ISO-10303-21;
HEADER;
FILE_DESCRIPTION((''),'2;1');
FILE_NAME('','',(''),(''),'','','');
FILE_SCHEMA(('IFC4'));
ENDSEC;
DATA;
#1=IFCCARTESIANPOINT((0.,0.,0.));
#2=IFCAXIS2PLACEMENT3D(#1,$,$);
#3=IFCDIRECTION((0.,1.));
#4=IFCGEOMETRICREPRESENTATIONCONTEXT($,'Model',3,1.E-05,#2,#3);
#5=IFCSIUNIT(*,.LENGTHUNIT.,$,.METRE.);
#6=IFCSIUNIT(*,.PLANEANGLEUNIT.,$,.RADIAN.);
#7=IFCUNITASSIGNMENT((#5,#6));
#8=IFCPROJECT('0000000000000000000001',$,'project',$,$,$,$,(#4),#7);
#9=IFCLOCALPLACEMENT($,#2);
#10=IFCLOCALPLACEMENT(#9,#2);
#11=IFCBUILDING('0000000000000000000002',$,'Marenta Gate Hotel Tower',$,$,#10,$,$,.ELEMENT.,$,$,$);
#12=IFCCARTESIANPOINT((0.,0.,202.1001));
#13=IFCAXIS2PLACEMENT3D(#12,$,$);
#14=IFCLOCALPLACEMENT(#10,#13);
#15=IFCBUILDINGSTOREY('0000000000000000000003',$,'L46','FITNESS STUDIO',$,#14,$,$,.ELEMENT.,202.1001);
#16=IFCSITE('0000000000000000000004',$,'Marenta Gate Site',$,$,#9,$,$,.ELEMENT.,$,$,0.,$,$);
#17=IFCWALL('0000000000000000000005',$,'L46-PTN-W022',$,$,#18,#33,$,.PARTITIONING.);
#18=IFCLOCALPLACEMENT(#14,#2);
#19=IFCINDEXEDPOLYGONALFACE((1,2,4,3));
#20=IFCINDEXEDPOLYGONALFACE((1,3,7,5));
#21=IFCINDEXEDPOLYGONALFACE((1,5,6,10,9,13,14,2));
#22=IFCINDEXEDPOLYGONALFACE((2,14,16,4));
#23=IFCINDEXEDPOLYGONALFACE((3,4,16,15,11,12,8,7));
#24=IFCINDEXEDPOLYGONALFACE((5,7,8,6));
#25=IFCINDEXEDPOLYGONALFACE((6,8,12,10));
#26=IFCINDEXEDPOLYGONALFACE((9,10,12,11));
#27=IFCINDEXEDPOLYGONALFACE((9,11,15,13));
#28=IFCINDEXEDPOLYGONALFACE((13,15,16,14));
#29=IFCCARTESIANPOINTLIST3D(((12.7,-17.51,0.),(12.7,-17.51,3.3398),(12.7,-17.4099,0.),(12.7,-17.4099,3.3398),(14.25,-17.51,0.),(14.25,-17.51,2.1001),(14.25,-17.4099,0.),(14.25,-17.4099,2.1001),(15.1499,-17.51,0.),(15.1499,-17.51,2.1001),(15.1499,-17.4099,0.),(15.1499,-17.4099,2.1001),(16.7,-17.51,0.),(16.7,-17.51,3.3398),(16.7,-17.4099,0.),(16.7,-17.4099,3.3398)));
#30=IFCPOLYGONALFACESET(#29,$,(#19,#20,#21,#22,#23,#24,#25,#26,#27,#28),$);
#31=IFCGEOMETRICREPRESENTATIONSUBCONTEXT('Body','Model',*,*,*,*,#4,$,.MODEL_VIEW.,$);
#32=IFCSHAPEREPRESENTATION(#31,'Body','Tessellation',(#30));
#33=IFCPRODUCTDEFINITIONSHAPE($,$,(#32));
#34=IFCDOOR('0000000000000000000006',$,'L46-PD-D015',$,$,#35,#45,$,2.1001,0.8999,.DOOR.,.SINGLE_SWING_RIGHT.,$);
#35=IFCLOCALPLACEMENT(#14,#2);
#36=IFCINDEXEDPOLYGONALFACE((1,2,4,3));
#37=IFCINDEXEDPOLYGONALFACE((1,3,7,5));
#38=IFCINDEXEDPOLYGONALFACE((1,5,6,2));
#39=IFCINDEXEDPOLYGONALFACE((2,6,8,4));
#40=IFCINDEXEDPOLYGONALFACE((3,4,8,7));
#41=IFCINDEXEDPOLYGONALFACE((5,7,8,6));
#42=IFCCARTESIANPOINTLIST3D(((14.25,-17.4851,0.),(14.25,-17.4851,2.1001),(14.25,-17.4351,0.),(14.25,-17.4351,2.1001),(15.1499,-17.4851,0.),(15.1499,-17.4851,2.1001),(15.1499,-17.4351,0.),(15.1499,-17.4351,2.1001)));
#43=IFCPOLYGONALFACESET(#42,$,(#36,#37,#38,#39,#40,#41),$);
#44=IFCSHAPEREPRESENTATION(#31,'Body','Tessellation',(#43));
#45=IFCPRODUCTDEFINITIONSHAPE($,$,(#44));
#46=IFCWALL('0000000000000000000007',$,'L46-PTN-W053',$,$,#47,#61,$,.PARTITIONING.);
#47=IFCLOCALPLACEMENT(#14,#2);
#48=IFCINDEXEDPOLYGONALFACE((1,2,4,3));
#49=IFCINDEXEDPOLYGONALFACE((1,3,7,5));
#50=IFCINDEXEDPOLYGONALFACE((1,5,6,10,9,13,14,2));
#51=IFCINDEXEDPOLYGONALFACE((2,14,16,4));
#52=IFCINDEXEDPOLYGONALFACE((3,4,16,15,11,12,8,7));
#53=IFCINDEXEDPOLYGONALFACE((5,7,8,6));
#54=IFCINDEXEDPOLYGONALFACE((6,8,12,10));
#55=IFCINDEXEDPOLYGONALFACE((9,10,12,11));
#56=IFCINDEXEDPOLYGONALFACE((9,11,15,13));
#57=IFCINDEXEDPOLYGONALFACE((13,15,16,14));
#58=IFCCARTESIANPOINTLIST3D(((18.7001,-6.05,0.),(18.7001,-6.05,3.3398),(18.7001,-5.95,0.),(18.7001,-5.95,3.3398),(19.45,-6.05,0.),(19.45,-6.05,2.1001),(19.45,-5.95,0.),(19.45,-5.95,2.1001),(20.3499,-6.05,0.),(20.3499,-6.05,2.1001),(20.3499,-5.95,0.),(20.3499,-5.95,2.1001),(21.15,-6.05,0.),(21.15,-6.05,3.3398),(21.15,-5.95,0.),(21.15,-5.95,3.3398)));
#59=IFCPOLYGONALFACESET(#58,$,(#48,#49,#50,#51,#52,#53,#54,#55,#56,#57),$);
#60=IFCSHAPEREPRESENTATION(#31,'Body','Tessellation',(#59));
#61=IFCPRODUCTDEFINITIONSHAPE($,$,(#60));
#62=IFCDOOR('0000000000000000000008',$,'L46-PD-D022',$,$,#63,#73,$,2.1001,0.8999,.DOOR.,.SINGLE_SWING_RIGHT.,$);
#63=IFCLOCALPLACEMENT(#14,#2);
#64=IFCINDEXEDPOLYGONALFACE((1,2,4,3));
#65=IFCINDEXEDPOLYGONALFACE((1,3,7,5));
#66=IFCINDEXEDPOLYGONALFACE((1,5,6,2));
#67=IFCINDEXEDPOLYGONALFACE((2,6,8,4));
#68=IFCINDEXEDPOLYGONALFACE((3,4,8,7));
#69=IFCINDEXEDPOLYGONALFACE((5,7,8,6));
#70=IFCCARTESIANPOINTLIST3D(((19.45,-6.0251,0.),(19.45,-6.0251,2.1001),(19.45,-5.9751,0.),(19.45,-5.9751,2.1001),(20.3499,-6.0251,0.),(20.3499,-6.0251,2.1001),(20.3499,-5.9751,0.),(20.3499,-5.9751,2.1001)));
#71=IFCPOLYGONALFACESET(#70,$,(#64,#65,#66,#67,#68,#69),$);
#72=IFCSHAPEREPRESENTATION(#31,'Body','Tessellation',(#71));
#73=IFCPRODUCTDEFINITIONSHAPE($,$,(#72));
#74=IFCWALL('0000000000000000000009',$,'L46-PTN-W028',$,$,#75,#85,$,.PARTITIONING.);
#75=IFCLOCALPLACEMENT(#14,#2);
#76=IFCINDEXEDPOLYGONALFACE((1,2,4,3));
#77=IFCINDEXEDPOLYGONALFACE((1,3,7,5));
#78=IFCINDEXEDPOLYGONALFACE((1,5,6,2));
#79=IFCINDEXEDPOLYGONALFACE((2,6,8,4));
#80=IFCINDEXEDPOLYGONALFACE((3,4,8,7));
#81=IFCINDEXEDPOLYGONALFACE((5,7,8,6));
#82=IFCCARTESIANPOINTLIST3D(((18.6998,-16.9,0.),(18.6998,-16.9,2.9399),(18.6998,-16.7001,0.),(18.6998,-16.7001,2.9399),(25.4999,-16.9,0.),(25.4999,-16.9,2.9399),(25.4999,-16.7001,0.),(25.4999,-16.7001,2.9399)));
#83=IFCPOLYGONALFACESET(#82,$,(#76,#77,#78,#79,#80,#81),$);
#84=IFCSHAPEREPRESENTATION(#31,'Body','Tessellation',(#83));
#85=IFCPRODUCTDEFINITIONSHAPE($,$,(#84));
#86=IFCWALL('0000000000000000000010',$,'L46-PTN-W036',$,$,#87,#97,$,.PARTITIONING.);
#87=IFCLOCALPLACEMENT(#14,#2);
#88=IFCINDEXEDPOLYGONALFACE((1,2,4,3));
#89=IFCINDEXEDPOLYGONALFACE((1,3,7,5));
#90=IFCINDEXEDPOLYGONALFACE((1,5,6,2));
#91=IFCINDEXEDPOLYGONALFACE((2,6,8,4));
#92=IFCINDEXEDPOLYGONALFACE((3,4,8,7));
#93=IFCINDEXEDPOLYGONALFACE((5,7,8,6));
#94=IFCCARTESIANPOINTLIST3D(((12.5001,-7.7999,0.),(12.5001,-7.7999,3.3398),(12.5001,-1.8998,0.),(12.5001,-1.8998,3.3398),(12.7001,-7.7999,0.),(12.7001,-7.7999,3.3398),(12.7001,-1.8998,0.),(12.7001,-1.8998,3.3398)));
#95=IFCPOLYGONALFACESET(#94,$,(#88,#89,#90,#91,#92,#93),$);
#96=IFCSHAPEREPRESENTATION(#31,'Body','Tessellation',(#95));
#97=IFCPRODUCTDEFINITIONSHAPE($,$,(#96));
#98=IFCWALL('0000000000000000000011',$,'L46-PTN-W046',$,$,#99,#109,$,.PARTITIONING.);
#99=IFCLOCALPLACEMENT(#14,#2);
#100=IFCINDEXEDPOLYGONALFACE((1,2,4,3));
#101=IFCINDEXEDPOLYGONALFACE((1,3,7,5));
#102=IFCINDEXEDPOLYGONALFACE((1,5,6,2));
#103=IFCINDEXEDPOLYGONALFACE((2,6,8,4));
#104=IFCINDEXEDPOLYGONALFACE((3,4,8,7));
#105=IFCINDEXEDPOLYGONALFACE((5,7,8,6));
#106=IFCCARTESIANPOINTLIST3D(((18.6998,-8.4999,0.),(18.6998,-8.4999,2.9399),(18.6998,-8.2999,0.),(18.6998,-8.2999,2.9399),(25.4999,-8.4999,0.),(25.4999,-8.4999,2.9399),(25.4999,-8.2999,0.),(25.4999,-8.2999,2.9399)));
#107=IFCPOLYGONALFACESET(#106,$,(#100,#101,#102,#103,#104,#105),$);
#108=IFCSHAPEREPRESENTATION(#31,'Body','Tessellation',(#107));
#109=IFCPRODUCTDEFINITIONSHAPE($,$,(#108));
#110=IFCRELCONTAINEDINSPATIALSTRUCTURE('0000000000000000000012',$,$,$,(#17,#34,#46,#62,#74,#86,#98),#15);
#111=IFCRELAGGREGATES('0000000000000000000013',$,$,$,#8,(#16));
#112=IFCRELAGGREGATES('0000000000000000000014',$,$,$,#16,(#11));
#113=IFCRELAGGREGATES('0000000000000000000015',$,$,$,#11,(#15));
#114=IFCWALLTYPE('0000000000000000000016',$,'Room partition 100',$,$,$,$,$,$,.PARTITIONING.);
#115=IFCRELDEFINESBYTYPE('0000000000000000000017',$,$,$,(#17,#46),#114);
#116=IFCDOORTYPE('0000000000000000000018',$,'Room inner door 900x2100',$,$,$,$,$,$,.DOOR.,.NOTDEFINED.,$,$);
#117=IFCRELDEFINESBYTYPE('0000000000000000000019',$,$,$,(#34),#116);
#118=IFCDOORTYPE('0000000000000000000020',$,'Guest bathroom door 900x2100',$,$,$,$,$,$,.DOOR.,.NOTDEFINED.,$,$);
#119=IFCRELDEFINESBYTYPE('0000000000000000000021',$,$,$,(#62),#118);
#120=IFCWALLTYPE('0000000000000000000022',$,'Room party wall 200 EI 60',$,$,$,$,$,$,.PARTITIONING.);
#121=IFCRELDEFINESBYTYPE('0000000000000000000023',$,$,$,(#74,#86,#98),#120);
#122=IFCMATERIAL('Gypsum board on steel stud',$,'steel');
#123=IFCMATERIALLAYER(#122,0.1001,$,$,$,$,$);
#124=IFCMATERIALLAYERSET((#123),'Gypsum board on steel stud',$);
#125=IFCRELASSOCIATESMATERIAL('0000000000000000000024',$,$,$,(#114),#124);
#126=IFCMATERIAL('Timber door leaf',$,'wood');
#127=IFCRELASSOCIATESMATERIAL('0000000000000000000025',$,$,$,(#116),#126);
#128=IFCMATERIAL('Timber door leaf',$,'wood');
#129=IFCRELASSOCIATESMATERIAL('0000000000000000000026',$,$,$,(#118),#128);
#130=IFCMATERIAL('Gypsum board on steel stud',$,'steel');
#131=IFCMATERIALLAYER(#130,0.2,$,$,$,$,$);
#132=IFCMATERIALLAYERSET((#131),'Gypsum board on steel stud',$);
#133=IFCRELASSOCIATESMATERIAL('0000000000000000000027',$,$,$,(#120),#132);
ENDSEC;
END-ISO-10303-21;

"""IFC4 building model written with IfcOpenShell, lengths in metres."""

from ifc_helpers import new_model, si_unit, direction, frame, frame_2d, origin, place, context, subcontext, project, spatial, rectangle, extrude, material, layer, layer_set, type_object, element, fill, save


model = new_model("IFC4")

# Units and contexts
model_context = context("Model", 3, precision=1e-05, world=origin(), true_north=direction((0.0, 1.0)))
body_context = subcontext(model_context, "Body", "Model", "MODEL_VIEW")
ifc_project = project(units=[si_unit("LENGTHUNIT", "METRE"), si_unit("PLANEANGLEUNIT", "RADIAN")], contexts=[model_context])

# Site, building, storey
site_placement = place(None, origin())
site = spatial("IfcSite", under=ifc_project, at=site_placement, Name="Marenta Gate Site", CompositionType="ELEMENT", RefElevation=0.0)
building_placement = place(site_placement, origin())
building = spatial("IfcBuilding", under=site, at=building_placement, Name="Marenta Gate Hotel Tower", CompositionType="ELEMENT")
storey_placement = place(building_placement, frame((0.0, 0.0, 202.1001)))
storey = spatial("IfcBuildingStorey", under=building, at=storey_placement, Name="L46", Description="FITNESS STUDIO", CompositionType="ELEMENT", Elevation=202.1001)

# Shared definitions
ifc_material_1 = material(Name="Gypsum board on steel stud", Category="steel")
ifc_layer_1 = layer(ifc_material_1, 0.1001)
ifc_layer_set_1 = layer_set([ifc_layer_1], Name="Gypsum board on steel stud")
wall_type_1 = type_object("IfcWallType", Name="Room partition 100", PredefinedType="PARTITIONING", material=ifc_layer_set_1)
ifc_material_2 = material(Name="Timber door leaf", Category="wood")
door_type_1 = type_object("IfcDoorType", Name="Room inner door 900x2100", OperationType="NOTDEFINED", PredefinedType="DOOR", material=ifc_material_2)

# Walls, openings, doors
wall_1_placement = place(storey_placement, frame((12.7, -17.46, 0.0), z_axis=(0.0, 0.0, 1.0), x_axis=(1.0, 0.0, 0.0)))
wall_1 = element("IfcWall", 1, at=wall_1_placement, inside=storey, type_object=wall_type_1, Name="L46-PTN-W022", PredefinedType="PARTITIONING", context=body_context, shape_type="SweptSolid", body=[
    extrude(rectangle(XDim=4.0, YDim=0.1001, at=frame_2d((2.0, 0.0))), origin(), (0.0, 0.0, 1.0), 3.3398),
])
opening_1_placement = place(wall_1_placement, frame((1.55, 0.0, 0.0)))
opening_1 = element("IfcOpeningElement", 2, at=opening_1_placement, cuts=wall_1, PredefinedType="OPENING", context=body_context, shape_type="SweptSolid", body=[
    extrude(rectangle(XDim=0.8999, YDim=2.1001, at=frame_2d((0.45, 1.05))), frame((0.0, 0.05, 0.0), z_axis=(0.0, -1.0, 0.0), x_axis=(1.0, 0.0, 0.0)), (0.0, 0.0, 1.0), 0.1001),
])
door_1_placement = place(opening_1_placement, origin())
door_1 = element("IfcDoor", 3, at=door_1_placement, inside=storey, type_object=door_type_1, Name="L46-PD-D015", OperationType="SINGLE_SWING_RIGHT", OverallHeight=2.1001, OverallWidth=0.8999, PredefinedType="DOOR", context=body_context, shape_type="SweptSolid", body=[
    extrude(rectangle(XDim=0.8999, YDim=2.1001, at=frame_2d((0.45, 1.05))), frame((0.0, 0.0249, 0.0), z_axis=(0.0, -1.0, 0.0), x_axis=(1.0, 0.0, 0.0)), (0.0, 0.0, 1.0), 0.05),
])
fill(opening_1, door_1)
wall_2_placement = place(storey_placement, frame((18.7, -6.0, 0.0), z_axis=(0.0, 0.0, 1.0), x_axis=(1.0, 0.0, 0.0)))
wall_2 = element("IfcWall", 4, at=wall_2_placement, inside=storey, type_object=wall_type_1, Name="L46-PTN-W053", PredefinedType="PARTITIONING", context=body_context, shape_type="SweptSolid", body=[
    extrude(rectangle(XDim=2.45, YDim=0.1001, at=frame_2d((1.2251, 0.0))), origin(), (0.0, 0.0, 1.0), 3.3398),
])
opening_2_placement = place(wall_2_placement, frame((0.75, 0.0, 0.0)))
opening_2 = element("IfcOpeningElement", 5, at=opening_2_placement, cuts=wall_2, PredefinedType="OPENING", context=body_context, shape_type="SweptSolid", body=[
    extrude(rectangle(XDim=0.8999, YDim=2.1001, at=frame_2d((0.45, 1.05))), frame((0.0, 0.05, 0.0), z_axis=(0.0, -1.0, 0.0), x_axis=(1.0, 0.0, 0.0)), (0.0, 0.0, 1.0), 0.1001),
])
ifc_material_3 = material(Name="Timber door leaf", Category="wood")
door_type_2 = type_object("IfcDoorType", Name="Guest bathroom door 900x2100", OperationType="NOTDEFINED", PredefinedType="DOOR", material=ifc_material_3)
door_2_placement = place(opening_2_placement, origin())
door_2 = element("IfcDoor", 6, at=door_2_placement, inside=storey, type_object=door_type_2, Name="L46-PD-D022", OperationType="SINGLE_SWING_RIGHT", OverallHeight=2.1001, OverallWidth=0.8999, PredefinedType="DOOR", context=body_context, shape_type="SweptSolid", body=[
    extrude(rectangle(XDim=0.8999, YDim=2.1001, at=frame_2d((0.45, 1.05))), frame((0.0, 0.0249, 0.0), z_axis=(0.0, -1.0, 0.0), x_axis=(1.0, 0.0, 0.0)), (0.0, 0.0, 1.0), 0.05),
])
fill(opening_2, door_2)

# Walls
ifc_material_4 = material(Name="Gypsum board on steel stud", Category="steel")
ifc_layer_2 = layer(ifc_material_4, 0.2)
ifc_layer_set_2 = layer_set([ifc_layer_2], Name="Gypsum board on steel stud")
wall_type_2 = type_object("IfcWallType", Name="Room party wall 200 EI 60", PredefinedType="PARTITIONING", material=ifc_layer_set_2)
wall_3_placement = place(storey_placement, frame((18.7, -16.8, 0.0), z_axis=(0.0, 0.0, 1.0), x_axis=(1.0, 0.0, 0.0)))
element("IfcWall", 7, at=wall_3_placement, inside=storey, type_object=wall_type_2, Name="L46-PTN-W028", PredefinedType="PARTITIONING", context=body_context, shape_type="SweptSolid", body=[
    extrude(rectangle(XDim=6.8, YDim=0.2, at=frame_2d((3.3999, 0.0))), origin(), (0.0, 0.0, 1.0), 2.9399),
])
wall_4_placement = place(storey_placement, frame((12.6001, -7.8, 0.0), z_axis=(0.0, 0.0, 1.0), x_axis=(0.0, 1.0, 0.0)))
element("IfcWall", 8, at=wall_4_placement, inside=storey, type_object=wall_type_2, Name="L46-PTN-W036", PredefinedType="PARTITIONING", context=body_context, shape_type="SweptSolid", body=[
    extrude(rectangle(XDim=5.9001, YDim=0.2, at=frame_2d((2.9502, 0.0))), origin(), (0.0, 0.0, 1.0), 3.3398),
])
wall_5_placement = place(storey_placement, frame((18.7, -8.3999, 0.0), z_axis=(0.0, 0.0, 1.0), x_axis=(1.0, 0.0, 0.0)))
element("IfcWall", 9, at=wall_5_placement, inside=storey, type_object=wall_type_2, Name="L46-PTN-W046", PredefinedType="PARTITIONING", context=body_context, shape_type="SweptSolid", body=[
    extrude(rectangle(XDim=6.8, YDim=0.2, at=frame_2d((3.3999, 0.0))), origin(), (0.0, 0.0, 1.0), 2.9399),
])

save(model, "model.ifc")
